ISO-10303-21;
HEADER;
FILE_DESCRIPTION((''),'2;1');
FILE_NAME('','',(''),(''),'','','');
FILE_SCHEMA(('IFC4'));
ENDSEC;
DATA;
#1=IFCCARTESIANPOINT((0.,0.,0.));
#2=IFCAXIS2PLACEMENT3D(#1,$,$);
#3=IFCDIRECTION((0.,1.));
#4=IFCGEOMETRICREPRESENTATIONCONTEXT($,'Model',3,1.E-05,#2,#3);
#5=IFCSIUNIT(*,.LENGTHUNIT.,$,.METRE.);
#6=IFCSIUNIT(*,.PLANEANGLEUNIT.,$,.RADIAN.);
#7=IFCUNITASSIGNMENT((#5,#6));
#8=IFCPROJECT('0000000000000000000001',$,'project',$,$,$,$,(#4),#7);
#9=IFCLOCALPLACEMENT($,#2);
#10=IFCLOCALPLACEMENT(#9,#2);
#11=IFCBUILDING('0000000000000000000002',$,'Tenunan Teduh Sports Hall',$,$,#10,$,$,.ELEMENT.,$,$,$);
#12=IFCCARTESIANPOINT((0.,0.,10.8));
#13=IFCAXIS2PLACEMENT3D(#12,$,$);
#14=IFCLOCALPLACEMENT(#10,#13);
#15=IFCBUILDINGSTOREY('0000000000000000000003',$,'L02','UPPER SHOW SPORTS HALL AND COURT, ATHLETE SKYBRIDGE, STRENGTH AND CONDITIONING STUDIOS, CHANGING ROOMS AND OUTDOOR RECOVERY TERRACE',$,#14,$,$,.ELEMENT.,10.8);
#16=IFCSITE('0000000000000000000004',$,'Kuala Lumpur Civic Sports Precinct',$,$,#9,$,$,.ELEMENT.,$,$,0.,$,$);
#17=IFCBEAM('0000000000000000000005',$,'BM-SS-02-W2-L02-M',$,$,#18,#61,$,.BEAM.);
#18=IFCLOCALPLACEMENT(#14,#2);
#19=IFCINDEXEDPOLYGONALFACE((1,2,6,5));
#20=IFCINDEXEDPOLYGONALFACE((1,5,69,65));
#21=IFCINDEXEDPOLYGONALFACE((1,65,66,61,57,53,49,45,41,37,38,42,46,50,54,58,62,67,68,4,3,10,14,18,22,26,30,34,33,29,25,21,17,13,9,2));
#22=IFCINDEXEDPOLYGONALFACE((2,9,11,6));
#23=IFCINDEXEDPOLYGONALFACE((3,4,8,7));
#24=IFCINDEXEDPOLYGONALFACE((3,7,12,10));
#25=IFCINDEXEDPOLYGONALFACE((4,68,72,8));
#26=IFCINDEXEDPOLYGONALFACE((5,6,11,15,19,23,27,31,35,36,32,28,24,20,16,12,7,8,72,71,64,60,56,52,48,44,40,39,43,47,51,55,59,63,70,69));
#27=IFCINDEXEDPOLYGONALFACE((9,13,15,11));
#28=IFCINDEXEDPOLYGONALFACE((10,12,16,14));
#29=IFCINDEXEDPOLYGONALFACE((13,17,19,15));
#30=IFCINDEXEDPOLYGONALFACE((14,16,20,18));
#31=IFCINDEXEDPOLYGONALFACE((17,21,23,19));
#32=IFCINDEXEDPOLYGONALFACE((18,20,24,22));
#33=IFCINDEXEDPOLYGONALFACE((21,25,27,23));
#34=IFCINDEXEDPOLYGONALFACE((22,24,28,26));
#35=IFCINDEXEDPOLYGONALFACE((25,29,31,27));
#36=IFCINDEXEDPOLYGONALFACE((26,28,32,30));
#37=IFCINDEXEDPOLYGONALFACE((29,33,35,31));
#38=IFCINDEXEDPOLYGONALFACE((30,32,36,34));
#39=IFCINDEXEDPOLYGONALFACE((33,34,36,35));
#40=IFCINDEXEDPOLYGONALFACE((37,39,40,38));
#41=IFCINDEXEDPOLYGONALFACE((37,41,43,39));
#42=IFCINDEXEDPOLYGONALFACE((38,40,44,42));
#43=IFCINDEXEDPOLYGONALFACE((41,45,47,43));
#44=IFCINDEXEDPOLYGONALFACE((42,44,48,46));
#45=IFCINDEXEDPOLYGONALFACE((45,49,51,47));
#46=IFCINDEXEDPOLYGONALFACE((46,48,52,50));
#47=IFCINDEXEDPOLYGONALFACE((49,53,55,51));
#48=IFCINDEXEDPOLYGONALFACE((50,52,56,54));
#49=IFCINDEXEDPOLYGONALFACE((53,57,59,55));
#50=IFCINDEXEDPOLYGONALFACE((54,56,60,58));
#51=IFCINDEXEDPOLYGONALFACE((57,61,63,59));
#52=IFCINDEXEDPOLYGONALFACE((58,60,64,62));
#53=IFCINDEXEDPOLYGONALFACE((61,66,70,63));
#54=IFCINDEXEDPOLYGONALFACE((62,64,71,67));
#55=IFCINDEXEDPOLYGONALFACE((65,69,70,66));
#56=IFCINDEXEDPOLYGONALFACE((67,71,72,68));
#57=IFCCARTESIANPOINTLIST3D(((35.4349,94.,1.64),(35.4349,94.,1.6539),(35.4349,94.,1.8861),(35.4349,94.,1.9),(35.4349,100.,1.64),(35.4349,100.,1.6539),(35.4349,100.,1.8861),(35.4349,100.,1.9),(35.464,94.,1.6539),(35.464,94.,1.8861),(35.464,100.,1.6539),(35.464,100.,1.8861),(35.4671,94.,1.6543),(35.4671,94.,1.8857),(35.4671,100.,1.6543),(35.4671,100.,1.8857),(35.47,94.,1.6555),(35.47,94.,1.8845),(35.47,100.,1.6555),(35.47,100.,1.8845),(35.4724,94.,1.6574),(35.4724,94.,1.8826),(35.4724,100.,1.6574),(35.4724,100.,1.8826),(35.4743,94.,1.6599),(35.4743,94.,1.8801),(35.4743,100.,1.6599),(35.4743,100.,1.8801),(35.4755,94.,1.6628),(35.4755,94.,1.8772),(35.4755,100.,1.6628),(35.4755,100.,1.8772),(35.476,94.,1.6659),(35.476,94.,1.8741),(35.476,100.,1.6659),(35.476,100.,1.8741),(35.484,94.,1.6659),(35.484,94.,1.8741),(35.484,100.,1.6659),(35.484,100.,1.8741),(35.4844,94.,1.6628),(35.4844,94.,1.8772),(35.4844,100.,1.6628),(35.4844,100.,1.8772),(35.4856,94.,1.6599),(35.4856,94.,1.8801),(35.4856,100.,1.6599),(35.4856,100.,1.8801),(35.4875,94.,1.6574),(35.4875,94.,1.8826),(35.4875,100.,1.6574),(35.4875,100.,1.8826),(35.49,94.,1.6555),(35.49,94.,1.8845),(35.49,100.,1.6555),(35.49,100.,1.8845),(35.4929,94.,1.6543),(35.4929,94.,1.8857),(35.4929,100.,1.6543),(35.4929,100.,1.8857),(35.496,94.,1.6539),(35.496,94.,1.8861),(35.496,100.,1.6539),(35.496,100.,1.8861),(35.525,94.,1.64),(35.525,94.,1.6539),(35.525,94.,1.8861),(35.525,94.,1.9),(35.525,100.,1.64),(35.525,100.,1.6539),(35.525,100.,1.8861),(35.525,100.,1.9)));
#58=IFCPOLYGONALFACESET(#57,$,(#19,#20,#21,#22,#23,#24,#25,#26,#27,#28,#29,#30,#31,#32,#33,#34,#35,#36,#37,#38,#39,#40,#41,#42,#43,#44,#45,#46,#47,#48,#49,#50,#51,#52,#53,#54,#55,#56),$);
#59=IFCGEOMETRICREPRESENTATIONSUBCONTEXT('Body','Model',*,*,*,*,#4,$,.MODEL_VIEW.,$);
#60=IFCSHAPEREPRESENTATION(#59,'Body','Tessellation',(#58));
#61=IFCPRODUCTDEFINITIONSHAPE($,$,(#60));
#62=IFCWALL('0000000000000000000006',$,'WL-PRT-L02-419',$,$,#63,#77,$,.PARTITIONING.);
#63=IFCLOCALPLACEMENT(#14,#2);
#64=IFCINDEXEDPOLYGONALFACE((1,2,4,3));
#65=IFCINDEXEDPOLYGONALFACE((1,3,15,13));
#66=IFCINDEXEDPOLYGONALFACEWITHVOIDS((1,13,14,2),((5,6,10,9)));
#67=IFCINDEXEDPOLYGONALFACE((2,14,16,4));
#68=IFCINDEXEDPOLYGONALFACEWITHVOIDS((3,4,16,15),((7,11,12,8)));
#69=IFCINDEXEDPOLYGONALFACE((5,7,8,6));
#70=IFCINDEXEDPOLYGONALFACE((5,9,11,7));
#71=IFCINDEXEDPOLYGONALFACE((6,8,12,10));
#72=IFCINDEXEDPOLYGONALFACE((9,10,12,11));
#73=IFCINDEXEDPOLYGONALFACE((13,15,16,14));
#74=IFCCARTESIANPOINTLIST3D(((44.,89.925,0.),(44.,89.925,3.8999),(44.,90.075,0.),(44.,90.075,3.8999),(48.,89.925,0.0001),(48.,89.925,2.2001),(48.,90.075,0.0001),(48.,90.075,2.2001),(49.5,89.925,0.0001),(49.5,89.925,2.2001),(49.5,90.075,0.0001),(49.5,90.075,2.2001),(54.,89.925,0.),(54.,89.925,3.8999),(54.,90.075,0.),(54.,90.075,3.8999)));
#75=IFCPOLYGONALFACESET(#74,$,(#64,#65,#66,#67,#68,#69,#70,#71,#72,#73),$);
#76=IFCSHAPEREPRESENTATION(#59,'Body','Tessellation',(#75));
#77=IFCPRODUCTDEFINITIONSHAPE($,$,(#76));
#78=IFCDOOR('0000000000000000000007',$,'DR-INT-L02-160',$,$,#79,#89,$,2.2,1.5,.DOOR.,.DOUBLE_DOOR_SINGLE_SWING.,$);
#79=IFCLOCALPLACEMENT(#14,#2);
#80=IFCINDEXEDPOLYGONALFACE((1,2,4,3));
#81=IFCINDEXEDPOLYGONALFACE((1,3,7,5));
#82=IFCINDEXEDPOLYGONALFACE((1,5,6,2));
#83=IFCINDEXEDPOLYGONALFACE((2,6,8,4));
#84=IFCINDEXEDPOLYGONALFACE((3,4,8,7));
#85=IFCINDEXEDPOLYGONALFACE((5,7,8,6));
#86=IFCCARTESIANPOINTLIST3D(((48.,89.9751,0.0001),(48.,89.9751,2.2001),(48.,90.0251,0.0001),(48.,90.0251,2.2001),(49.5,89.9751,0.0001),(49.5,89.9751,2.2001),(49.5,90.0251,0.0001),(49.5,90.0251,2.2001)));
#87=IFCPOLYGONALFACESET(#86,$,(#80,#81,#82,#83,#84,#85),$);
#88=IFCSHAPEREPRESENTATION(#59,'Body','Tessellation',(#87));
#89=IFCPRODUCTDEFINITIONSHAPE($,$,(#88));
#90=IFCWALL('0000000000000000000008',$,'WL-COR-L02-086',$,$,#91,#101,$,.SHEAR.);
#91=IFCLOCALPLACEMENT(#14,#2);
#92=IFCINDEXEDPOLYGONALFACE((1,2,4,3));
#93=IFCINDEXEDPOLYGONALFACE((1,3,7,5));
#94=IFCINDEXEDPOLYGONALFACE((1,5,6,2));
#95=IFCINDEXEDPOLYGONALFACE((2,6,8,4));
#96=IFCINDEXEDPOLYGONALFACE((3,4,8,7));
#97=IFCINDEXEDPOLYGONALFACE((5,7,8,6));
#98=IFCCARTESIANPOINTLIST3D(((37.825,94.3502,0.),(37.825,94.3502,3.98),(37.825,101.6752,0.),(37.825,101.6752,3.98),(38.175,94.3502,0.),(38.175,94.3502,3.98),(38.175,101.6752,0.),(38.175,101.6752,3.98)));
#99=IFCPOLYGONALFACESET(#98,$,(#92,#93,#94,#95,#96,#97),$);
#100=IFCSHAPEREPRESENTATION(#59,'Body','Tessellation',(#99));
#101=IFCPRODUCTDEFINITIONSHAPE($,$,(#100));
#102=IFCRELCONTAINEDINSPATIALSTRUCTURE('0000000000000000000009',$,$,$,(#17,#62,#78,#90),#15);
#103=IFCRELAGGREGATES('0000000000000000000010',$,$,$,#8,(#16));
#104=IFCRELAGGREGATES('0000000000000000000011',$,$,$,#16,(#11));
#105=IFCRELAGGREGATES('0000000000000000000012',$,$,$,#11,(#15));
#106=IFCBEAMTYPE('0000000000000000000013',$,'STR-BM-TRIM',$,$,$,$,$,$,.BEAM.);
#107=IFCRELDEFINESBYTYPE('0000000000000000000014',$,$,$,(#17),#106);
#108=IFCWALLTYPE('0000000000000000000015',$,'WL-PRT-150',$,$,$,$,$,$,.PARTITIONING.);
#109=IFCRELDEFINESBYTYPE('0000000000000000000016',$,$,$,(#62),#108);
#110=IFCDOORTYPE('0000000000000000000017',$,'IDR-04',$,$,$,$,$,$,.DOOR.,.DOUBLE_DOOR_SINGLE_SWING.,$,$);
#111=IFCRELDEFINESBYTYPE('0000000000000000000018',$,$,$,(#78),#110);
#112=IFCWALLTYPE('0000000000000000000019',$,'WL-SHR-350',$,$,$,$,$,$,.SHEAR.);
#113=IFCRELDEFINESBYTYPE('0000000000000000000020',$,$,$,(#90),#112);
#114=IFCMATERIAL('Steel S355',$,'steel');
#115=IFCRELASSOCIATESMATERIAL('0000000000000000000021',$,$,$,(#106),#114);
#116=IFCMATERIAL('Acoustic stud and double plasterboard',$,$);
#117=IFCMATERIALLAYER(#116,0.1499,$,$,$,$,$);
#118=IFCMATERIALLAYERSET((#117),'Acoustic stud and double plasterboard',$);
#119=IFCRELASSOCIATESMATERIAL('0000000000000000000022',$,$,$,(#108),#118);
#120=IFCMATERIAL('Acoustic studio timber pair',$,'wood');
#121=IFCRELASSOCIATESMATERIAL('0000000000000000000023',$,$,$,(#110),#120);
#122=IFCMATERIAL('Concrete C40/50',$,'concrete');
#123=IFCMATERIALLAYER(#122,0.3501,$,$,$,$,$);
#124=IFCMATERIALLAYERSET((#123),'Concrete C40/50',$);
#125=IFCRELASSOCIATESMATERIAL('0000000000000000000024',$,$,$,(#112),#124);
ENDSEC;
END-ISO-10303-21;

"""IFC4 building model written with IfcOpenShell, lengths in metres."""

from ifc_helpers import new_model, si_unit, direction, frame, frame_2d, origin, origin_2d, place, context, subcontext, project, spatial, rectangle, i_section, extrude, material, layer, layer_set, material_profile, profile_set, type_object, element, fill, save


model = new_model("IFC4")

# Units and contexts
model_context = context("Model", 3, precision=1e-05, world=origin(), true_north=direction((0.0, 1.0)))
body_context = subcontext(model_context, "Body", "Model", "MODEL_VIEW")
ifc_project = project(units=[si_unit("LENGTHUNIT", "METRE"), si_unit("PLANEANGLEUNIT", "RADIAN")], contexts=[model_context])

# Site, building, storey
site_placement = place(None, origin())
site = spatial("IfcSite", under=ifc_project, at=site_placement, Name="Kuala Lumpur Civic Sports Precinct", CompositionType="ELEMENT", RefElevation=0.0)
building_placement = place(site_placement, origin())
building = spatial("IfcBuilding", under=site, at=building_placement, Name="Tenunan Teduh Sports Hall", CompositionType="ELEMENT")
storey_placement = place(building_placement, frame((0.0, 0.0, 10.8)))
storey = spatial("IfcBuildingStorey", under=building, at=storey_placement, Name="L02", Description="UPPER SHOW SPORTS HALL AND COURT, ATHLETE SKYBRIDGE, STRENGTH AND CONDITIONING STUDIOS, CHANGING ROOMS AND OUTDOOR RECOVERY TERRACE", CompositionType="ELEMENT", Elevation=10.8)

# Beam
ifc_material_1 = material(Name="Steel S355", Category="steel")
ifc_material_profile_1 = material_profile(ifc_material_1, i_section(OverallWidth=0.0901, OverallDepth=0.26, WebThickness=0.0081, FlangeThickness=0.0139, FilletRadius=0.012, at=origin_2d()), Name="PFC 260x90")
ifc_profile_set_1 = profile_set([ifc_material_profile_1], Name="Steel S355")
beam_type_1 = type_object("IfcBeamType", Name="STR-BM-TRIM", PredefinedType="BEAM", material=ifc_profile_set_1)
beam_1_placement = place(storey_placement, frame((35.48, 94.0, 1.77), z_axis=(0.0, 1.0, 0.0), x_axis=(-1.0, 0.0, 0.0)))
element("IfcBeam", 1, at=beam_1_placement, inside=storey, type_object=beam_type_1, Name="BM-SS-02-W2-L02-M", PredefinedType="BEAM", context=body_context, shape_type="SweptSolid", body=[
    extrude(i_section(OverallWidth=0.0901, OverallDepth=0.26, WebThickness=0.0081, FlangeThickness=0.0139, FilletRadius=0.012, at=origin_2d()), origin(), (0.0, 0.0, 1.0), 6.0),
])

# Wall, opening, door
ifc_material_2 = material(Name="Acoustic stud and double plasterboard")
ifc_layer_1 = layer(ifc_material_2, 0.1499)
ifc_layer_set_1 = layer_set([ifc_layer_1], Name="Acoustic stud and double plasterboard")
wall_type_1 = type_object("IfcWallType", Name="WL-PRT-150", PredefinedType="PARTITIONING", material=ifc_layer_set_1)
wall_1_placement = place(storey_placement, frame((44.0, 90.0, 0.0), z_axis=(0.0, 0.0, 1.0), x_axis=(1.0, 0.0, 0.0)))
wall_1 = element("IfcWall", 2, at=wall_1_placement, inside=storey, type_object=wall_type_1, Name="WL-PRT-L02-419", PredefinedType="PARTITIONING", context=body_context, shape_type="SweptSolid", body=[
    extrude(rectangle(XDim=10.0, YDim=0.1499, at=frame_2d((5.0, 0.0))), origin(), (0.0, 0.0, 1.0), 3.8999),
])
opening_placement = place(wall_1_placement, frame((4.0, 0.0, 0.0)))
opening = element("IfcOpeningElement", 3, at=opening_placement, cuts=wall_1, PredefinedType="OPENING", context=body_context, shape_type="SweptSolid", body=[
    extrude(rectangle(XDim=1.5, YDim=2.2, at=frame_2d((0.75, 1.1001))), frame((0.0, 0.085, 0.0), z_axis=(0.0, -1.0, 0.0), x_axis=(1.0, 0.0, 0.0)), (0.0, 0.0, 1.0), 0.1699),
])
ifc_material_3 = material(Name="Acoustic studio timber pair", Category="wood")
door_type = type_object("IfcDoorType", Name="IDR-04", OperationType="DOUBLE_DOOR_SINGLE_SWING", PredefinedType="DOOR", material=ifc_material_3)
door_placement = place(opening_placement, frame((1.5, 0.0, 0.0), z_axis=(0.0, 0.0, 1.0), x_axis=(-1.0, 0.0, 0.0)))
door = element("IfcDoor", 4, at=door_placement, inside=storey, type_object=door_type, Name="DR-INT-L02-160", OperationType="DOUBLE_DOOR_SINGLE_SWING", OverallHeight=2.2, OverallWidth=1.5, PredefinedType="DOOR", context=body_context, shape_type="SweptSolid", body=[
    extrude(rectangle(XDim=1.5, YDim=2.2, at=frame_2d((0.75, 1.1001))), frame((0.0, 0.0249, 0.0), z_axis=(0.0, -1.0, 0.0), x_axis=(1.0, 0.0, 0.0)), (0.0, 0.0, 1.0), 0.05),
])
fill(opening, door)

# Wall
ifc_material_4 = material(Name="Concrete C40/50", Category="concrete")
ifc_layer_2 = layer(ifc_material_4, 0.3501)
ifc_layer_set_2 = layer_set([ifc_layer_2], Name="Concrete C40/50")
wall_type_2 = type_object("IfcWallType", Name="WL-SHR-350", PredefinedType="SHEAR", material=ifc_layer_set_2)
wall_2_placement = place(storey_placement, frame((38.0, 94.3501, 0.0), z_axis=(0.0, 0.0, 1.0), x_axis=(0.0, 1.0, 0.0)))
element("IfcWall", 5, at=wall_2_placement, inside=storey, type_object=wall_type_2, Name="WL-COR-L02-086", PredefinedType="SHEAR", context=body_context, shape_type="SweptSolid", body=[
    extrude(rectangle(XDim=7.325, YDim=0.3501, at=frame_2d((3.6626, 0.0))), origin(), (0.0, 0.0, 1.0), 3.98),
])

save(model, "model.ifc")
